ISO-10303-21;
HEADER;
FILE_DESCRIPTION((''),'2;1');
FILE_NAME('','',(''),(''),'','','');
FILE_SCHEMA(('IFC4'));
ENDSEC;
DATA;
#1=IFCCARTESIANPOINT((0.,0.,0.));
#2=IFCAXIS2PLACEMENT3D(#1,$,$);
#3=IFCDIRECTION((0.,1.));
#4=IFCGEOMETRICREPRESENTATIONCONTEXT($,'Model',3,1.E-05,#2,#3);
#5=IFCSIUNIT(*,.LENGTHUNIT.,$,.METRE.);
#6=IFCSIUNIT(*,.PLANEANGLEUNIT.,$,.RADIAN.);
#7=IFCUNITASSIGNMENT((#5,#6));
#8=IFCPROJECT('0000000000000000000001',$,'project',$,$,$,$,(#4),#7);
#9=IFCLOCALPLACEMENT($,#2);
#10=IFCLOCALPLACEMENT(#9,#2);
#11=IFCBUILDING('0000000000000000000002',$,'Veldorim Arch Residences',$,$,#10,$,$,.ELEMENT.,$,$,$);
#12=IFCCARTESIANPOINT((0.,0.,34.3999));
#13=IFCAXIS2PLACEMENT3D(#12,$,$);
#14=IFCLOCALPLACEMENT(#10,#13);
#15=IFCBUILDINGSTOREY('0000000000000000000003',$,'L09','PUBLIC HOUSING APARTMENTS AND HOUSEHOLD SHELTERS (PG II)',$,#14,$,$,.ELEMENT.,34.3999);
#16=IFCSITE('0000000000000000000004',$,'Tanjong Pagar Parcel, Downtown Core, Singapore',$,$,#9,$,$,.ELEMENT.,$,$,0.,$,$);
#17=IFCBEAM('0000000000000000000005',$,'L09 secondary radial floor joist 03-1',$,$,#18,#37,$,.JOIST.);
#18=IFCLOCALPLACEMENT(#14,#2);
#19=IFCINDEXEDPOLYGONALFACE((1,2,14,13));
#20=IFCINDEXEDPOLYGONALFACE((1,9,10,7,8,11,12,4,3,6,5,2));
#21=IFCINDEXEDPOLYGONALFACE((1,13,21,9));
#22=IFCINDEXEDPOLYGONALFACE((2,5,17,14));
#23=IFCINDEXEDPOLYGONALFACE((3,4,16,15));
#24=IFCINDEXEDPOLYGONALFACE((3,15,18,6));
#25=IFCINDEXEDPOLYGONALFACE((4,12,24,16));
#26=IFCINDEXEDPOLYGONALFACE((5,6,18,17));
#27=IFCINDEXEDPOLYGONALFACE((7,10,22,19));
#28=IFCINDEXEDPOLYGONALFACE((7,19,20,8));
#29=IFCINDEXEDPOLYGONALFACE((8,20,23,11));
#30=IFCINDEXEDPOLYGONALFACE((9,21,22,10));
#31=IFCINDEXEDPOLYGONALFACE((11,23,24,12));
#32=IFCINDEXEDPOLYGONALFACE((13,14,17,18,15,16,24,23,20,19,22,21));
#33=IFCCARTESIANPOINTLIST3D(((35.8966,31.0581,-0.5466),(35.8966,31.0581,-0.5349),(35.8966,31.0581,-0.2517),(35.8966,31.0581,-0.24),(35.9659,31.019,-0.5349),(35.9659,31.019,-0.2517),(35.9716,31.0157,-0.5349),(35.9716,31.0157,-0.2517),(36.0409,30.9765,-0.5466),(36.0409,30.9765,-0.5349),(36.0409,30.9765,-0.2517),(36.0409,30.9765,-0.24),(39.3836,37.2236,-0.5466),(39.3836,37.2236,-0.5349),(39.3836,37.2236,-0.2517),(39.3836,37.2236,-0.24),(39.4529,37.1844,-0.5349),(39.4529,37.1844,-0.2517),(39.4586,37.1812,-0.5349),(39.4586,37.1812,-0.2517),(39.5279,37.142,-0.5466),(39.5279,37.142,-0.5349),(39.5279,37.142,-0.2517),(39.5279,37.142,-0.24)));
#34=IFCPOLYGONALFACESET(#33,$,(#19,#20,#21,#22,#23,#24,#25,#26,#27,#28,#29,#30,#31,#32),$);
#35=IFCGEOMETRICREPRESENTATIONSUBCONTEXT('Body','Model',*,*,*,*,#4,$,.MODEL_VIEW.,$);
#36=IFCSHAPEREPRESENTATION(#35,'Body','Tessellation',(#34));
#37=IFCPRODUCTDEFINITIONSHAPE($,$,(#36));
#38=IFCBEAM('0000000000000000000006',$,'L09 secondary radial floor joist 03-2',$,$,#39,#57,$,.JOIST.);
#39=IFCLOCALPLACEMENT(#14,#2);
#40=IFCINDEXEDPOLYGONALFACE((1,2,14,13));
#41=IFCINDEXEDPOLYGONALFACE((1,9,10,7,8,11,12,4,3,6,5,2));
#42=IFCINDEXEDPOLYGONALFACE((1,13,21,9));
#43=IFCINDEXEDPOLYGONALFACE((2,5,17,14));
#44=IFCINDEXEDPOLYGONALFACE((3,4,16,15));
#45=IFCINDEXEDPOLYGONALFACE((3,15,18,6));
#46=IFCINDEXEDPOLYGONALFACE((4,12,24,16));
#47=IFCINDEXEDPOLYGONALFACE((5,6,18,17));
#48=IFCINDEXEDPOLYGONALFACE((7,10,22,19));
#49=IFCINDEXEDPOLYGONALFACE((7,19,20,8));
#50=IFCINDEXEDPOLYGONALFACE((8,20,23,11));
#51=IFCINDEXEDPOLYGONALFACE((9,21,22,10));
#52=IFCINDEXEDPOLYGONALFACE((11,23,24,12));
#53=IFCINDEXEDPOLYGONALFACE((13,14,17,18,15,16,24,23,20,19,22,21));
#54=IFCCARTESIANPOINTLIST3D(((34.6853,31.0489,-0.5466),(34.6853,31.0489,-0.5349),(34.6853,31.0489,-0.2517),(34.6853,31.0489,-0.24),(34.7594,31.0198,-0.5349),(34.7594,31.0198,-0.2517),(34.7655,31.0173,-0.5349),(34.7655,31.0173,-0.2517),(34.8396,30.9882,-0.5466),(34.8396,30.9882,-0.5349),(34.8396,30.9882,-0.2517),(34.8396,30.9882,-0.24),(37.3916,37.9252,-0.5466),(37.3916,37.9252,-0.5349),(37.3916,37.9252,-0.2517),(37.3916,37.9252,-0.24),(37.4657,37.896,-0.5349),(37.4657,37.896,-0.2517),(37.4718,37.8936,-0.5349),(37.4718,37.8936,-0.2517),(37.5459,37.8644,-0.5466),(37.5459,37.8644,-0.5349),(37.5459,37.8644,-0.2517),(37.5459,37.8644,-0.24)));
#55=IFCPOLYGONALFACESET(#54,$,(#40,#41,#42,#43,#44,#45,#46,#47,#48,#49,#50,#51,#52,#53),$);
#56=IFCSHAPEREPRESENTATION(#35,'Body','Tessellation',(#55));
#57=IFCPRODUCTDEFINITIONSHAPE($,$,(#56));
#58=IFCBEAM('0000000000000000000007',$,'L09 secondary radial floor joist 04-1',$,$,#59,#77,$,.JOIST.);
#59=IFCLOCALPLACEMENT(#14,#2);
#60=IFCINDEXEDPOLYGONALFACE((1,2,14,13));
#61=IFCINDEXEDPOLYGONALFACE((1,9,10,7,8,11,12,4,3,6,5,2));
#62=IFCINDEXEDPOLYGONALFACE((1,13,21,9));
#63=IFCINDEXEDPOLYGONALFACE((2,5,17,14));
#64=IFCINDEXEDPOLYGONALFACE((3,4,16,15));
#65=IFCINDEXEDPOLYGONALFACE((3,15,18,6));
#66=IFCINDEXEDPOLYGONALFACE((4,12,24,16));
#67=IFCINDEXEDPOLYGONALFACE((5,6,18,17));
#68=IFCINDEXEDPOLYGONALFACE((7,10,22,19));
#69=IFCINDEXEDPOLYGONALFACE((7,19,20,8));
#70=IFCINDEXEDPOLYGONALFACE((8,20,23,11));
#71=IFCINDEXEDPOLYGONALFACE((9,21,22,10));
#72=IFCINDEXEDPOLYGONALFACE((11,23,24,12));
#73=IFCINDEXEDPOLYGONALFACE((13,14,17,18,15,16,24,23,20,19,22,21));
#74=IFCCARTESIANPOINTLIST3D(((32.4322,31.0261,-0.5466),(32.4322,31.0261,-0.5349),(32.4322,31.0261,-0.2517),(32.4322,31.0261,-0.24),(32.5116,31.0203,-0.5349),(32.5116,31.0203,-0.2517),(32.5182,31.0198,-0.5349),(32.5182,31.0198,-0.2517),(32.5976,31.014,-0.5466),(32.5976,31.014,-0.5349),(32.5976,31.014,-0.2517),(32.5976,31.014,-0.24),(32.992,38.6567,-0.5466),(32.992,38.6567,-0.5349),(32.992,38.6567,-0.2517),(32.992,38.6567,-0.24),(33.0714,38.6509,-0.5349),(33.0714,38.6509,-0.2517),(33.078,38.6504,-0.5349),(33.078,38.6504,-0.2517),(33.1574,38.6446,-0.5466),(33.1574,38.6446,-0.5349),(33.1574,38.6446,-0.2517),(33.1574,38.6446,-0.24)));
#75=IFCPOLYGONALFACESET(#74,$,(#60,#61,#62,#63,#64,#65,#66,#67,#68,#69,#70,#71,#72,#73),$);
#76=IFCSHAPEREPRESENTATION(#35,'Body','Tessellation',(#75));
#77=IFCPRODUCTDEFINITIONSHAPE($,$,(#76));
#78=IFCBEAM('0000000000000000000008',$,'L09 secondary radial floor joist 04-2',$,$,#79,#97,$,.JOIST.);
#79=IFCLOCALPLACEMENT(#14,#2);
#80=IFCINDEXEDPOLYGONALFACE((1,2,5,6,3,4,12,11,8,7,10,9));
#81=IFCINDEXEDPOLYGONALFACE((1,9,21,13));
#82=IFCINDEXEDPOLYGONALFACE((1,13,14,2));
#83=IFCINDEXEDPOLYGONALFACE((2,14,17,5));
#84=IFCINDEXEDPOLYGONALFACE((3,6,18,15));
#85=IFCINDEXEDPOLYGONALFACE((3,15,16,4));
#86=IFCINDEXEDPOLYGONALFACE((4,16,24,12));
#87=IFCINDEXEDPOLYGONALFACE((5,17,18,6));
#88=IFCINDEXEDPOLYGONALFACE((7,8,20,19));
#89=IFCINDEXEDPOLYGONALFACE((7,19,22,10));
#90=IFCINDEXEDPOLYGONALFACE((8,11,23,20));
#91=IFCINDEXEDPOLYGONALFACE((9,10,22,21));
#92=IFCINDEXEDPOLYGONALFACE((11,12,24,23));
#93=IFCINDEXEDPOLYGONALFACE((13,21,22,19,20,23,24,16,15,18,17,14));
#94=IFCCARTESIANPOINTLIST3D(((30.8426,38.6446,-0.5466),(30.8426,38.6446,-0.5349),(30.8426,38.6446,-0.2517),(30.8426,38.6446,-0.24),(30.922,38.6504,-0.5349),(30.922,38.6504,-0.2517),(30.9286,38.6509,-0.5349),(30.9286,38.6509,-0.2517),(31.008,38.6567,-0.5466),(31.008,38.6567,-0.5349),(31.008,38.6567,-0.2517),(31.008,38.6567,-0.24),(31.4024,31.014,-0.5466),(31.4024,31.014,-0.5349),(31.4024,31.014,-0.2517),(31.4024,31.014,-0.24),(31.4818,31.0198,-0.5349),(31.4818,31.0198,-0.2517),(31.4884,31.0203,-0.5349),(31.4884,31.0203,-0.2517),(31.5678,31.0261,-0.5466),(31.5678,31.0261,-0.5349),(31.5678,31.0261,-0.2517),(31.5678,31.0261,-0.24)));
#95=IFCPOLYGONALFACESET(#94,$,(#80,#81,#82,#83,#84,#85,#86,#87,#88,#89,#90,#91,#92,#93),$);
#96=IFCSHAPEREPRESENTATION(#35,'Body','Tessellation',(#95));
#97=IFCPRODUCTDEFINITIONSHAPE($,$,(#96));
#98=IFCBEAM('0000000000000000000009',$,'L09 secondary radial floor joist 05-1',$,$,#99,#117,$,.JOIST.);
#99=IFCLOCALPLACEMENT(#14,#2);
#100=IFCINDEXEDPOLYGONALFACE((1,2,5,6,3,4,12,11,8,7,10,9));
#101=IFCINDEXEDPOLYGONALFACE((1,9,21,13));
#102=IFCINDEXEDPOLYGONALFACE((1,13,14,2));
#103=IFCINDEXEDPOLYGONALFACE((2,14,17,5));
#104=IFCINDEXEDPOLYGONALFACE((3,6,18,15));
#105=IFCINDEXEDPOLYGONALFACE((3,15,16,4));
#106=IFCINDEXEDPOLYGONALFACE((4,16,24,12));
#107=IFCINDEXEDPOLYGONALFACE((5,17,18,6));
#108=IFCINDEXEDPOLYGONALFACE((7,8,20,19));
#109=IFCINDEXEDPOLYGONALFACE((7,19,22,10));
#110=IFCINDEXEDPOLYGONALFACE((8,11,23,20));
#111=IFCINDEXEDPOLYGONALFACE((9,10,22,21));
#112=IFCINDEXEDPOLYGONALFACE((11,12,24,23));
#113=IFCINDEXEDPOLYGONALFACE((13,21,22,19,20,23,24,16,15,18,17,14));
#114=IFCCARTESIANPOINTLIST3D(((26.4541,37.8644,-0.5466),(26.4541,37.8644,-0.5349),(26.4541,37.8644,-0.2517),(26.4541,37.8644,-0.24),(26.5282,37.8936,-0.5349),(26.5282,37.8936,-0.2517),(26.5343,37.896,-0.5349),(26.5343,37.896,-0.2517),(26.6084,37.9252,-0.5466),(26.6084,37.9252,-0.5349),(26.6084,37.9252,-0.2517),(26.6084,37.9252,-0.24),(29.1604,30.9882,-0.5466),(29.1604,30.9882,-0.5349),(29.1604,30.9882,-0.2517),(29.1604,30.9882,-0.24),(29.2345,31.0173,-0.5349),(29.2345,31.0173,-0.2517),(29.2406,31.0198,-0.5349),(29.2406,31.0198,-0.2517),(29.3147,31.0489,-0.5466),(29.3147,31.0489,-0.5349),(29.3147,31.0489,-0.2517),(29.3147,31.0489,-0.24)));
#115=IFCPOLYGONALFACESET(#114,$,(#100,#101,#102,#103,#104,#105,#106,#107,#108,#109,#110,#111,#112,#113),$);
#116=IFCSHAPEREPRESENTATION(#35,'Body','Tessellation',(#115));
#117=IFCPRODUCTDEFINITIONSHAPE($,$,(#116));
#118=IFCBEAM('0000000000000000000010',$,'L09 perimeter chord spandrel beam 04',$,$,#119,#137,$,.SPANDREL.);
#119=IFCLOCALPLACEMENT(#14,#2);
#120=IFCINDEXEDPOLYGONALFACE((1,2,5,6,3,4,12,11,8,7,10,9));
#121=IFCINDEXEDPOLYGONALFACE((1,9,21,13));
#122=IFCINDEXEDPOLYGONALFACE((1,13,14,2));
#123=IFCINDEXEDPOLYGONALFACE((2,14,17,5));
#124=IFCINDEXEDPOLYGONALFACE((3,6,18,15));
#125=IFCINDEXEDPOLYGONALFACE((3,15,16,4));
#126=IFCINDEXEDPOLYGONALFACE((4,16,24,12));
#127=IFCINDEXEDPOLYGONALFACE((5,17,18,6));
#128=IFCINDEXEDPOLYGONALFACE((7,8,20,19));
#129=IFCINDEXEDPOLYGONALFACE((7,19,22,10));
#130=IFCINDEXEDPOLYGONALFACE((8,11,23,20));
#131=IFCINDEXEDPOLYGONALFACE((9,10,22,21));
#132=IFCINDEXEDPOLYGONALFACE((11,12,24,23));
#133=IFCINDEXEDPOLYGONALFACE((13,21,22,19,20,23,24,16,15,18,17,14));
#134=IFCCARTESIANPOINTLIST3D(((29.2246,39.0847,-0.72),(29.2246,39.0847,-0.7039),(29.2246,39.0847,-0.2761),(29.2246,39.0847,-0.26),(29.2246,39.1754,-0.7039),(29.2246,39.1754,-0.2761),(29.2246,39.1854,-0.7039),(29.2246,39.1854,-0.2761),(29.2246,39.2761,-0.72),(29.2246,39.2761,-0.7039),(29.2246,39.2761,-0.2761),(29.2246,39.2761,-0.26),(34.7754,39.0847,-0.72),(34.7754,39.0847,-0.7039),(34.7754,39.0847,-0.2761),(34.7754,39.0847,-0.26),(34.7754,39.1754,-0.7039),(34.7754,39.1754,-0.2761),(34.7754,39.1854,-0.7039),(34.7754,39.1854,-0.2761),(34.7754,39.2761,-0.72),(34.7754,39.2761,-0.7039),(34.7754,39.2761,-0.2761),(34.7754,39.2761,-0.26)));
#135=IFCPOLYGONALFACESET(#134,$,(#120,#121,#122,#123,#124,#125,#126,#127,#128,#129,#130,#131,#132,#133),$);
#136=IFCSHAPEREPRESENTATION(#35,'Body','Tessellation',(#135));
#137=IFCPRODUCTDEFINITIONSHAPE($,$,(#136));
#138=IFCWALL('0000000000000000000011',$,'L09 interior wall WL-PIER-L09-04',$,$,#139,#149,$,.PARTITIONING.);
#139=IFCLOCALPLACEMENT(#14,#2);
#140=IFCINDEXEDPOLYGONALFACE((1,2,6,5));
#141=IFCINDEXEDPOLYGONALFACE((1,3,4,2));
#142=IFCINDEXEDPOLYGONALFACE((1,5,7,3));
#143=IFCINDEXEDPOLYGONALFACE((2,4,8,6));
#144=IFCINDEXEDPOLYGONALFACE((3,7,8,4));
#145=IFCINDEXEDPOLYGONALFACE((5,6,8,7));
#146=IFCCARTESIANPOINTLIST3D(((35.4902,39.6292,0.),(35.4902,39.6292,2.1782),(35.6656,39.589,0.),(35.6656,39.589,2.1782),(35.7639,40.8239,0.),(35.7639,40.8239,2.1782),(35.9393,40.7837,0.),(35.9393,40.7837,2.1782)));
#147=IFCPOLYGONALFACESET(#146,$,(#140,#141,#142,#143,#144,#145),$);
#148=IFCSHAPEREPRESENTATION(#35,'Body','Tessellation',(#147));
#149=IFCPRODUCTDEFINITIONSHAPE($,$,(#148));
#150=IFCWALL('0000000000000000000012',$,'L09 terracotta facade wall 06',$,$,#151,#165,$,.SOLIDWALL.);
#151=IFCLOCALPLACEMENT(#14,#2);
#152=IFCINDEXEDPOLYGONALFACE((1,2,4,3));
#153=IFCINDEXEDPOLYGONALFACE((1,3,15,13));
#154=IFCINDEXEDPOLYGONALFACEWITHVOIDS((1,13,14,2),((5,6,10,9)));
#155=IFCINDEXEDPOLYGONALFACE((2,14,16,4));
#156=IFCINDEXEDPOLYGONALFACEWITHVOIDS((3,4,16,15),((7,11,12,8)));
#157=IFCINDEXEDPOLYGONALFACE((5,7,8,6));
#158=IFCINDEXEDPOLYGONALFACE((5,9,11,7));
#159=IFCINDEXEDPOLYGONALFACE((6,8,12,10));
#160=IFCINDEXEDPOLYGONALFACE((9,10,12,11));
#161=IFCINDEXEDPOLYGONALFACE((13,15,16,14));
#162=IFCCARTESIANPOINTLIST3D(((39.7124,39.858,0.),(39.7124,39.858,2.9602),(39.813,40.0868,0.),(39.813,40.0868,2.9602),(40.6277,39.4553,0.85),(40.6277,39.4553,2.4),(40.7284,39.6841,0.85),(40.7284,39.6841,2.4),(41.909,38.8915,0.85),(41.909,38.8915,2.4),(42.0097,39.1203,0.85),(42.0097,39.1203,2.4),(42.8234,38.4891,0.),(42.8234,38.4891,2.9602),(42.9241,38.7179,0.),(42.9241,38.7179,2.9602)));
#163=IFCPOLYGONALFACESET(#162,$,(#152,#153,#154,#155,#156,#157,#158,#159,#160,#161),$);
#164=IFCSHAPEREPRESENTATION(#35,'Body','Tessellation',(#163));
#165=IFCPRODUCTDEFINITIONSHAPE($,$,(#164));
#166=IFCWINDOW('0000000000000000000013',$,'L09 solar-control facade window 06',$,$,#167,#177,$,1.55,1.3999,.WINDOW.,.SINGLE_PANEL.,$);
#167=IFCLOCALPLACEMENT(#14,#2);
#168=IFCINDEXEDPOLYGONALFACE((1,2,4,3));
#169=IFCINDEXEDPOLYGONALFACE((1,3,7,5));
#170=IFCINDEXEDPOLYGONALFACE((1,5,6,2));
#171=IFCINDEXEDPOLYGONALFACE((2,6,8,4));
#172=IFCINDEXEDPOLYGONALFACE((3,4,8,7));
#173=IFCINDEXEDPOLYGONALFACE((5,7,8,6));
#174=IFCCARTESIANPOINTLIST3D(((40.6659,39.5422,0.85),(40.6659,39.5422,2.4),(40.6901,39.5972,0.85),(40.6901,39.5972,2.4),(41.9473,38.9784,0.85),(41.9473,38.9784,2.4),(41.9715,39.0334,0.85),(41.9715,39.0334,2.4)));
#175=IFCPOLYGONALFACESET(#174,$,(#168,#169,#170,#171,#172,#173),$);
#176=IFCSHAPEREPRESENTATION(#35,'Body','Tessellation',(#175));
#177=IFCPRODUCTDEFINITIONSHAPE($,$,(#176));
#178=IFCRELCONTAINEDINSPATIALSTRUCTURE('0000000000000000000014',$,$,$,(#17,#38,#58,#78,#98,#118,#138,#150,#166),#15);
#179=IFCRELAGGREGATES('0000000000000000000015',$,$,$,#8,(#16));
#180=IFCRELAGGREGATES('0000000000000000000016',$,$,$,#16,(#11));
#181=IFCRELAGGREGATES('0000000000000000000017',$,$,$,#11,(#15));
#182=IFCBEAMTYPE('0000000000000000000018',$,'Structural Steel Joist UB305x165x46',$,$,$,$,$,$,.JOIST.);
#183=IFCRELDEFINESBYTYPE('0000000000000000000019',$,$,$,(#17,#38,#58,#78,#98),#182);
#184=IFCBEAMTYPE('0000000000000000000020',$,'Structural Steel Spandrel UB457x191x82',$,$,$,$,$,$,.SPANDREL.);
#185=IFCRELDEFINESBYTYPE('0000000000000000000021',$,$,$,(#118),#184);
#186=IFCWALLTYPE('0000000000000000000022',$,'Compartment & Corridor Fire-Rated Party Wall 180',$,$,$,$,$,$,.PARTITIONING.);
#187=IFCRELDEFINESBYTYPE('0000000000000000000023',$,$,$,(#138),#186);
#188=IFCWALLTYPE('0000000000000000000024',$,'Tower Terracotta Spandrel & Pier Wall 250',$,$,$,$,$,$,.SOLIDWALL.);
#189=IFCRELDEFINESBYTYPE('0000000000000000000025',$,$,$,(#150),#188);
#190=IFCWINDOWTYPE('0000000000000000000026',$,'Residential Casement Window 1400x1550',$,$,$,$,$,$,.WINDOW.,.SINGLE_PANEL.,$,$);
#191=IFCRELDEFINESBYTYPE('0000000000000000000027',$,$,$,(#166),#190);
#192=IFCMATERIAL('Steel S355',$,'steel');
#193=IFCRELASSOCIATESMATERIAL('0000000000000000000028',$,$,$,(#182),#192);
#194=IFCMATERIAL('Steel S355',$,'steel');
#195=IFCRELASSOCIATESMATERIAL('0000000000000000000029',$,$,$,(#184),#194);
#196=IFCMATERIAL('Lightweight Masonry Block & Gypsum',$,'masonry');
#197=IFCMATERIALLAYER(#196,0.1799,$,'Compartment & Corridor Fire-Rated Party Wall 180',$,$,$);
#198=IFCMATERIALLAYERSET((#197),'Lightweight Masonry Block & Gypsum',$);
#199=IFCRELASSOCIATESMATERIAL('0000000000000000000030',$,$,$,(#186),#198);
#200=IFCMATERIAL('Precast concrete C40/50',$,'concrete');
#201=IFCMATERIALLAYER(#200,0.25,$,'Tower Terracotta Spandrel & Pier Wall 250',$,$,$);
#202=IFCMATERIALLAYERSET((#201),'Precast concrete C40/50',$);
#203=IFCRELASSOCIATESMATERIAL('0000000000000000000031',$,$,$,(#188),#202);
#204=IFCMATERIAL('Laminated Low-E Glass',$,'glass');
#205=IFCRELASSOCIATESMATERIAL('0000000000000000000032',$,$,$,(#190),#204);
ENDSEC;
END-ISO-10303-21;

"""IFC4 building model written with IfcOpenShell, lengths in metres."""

from ifc_helpers import new_model, si_unit, direction, frame, frame_2d, origin, origin_2d, place, context, subcontext, project, spatial, rectangle, i_section, extrude, material, layer, layer_set, material_profile, profile_set, type_object, element, fill, save


model = new_model("IFC4")

# Units and contexts
model_context = context("Model", 3, precision=1e-05, world=origin(), true_north=direction((0.0, 1.0)))
body_context = subcontext(model_context, "Body", "Model", "MODEL_VIEW")
ifc_project = project(units=[si_unit("LENGTHUNIT", "METRE"), si_unit("PLANEANGLEUNIT", "RADIAN")], contexts=[model_context])

# Site, building, storey
site_placement = place(None, origin())
site = spatial("IfcSite", under=ifc_project, at=site_placement, Name="Tanjong Pagar Parcel, Downtown Core, Singapore", CompositionType="ELEMENT", RefElevation=0.0)
building_placement = place(site_placement, origin())
building = spatial("IfcBuilding", under=site, at=building_placement, Name="Veldorim Arch Residences", CompositionType="ELEMENT")
storey_placement = place(building_placement, frame((0.0, 0.0, 34.3999)))
storey = spatial("IfcBuildingStorey", under=building, at=storey_placement, Name="L09", Description="PUBLIC HOUSING APARTMENTS AND HOUSEHOLD SHELTERS (PG II)", CompositionType="ELEMENT", Elevation=34.3999)

# Beams
ifc_material_1 = material(Name="Steel S355", Category="steel")
ifc_material_profile_1 = material_profile(ifc_material_1, i_section(OverallWidth=0.1658, OverallDepth=0.3066, WebThickness=0.0066, FlangeThickness=0.0117, at=origin_2d()), Name="UB305x165x46")
ifc_profile_set_1 = profile_set([ifc_material_profile_1], Name="Steel S355")
beam_type_1 = type_object("IfcBeamType", Name="Structural Steel Joist UB305x165x46", PredefinedType="JOIST", material=ifc_profile_set_1)
beam_1_placement = place(storey_placement, frame((35.9688, 31.0173, -0.3933), z_axis=(0.492292, 0.87043, 0.0), x_axis=(-0.87043, 0.492292, 0.0)))
element("IfcBeam", 1, at=beam_1_placement, inside=storey, type_object=beam_type_1, Name="L09 secondary radial floor joist 03-1", PredefinedType="JOIST", context=body_context, shape_type="SweptSolid", body=[
    extrude(i_section(OverallWidth=0.1658, OverallDepth=0.3066, WebThickness=0.0066, FlangeThickness=0.0117, at=origin_2d()), origin(), (0.0, 0.0, 1.0), 7.0833),
])
beam_2_placement = place(storey_placement, frame((34.7625, 31.0186, -0.3933), z_axis=(0.36623, 0.930524, 0.0), x_axis=(-0.930524, 0.36623, 0.0)))
element("IfcBeam", 2, at=beam_2_placement, inside=storey, type_object=beam_type_1, Name="L09 secondary radial floor joist 03-2", PredefinedType="JOIST", context=body_context, shape_type="SweptSolid", body=[
    extrude(i_section(OverallWidth=0.1658, OverallDepth=0.3066, WebThickness=0.0066, FlangeThickness=0.0117, at=origin_2d()), origin(), (0.0, 0.0, 1.0), 7.3896),
])
for number, where, z_axis, x_axis, name in (
    (3, (32.5149, 31.02, -0.3933), (0.073168, 0.99732, 0.0), (-0.99732, 0.073168, 0.0), "L09 secondary radial floor joist 04-1"),
    (4, (31.4851, 31.02, -0.3933), (-0.073168, 0.99732, 0.0), (-0.99732, -0.073168, 0.0), "L09 secondary radial floor joist 04-2"),
):
    element("IfcBeam", number, at=place(storey_placement, frame(where, z_axis=z_axis, x_axis=x_axis)), inside=storey, type_object=beam_type_1, Name=name, PredefinedType="JOIST", context=body_context, shape_type="SweptSolid", body=[
        extrude(i_section(OverallWidth=0.1658, OverallDepth=0.3066, WebThickness=0.0066, FlangeThickness=0.0117, at=origin_2d()), origin(), (0.0, 0.0, 1.0), 7.6511),
    ])
beam_3_placement = place(storey_placement, frame((29.2375, 31.0186, -0.3933), z_axis=(-0.36623, 0.930524, 0.0), x_axis=(-0.930524, -0.36623, 0.0)))
element("IfcBeam", 5, at=beam_3_placement, inside=storey, type_object=beam_type_1, Name="L09 secondary radial floor joist 05-1", PredefinedType="JOIST", context=body_context, shape_type="SweptSolid", body=[
    extrude(i_section(OverallWidth=0.1658, OverallDepth=0.3066, WebThickness=0.0066, FlangeThickness=0.0117, at=origin_2d()), origin(), (0.0, 0.0, 1.0), 7.3896),
])
ifc_material_2 = material(Name="Steel S355", Category="steel")
ifc_material_profile_2 = material_profile(ifc_material_2, i_section(OverallWidth=0.1914, OverallDepth=0.46, WebThickness=0.01, FlangeThickness=0.0161, at=origin_2d()), Name="UB457x191x82")
ifc_profile_set_2 = profile_set([ifc_material_profile_2], Name="Steel S355")
beam_type_2 = type_object("IfcBeamType", Name="Structural Steel Spandrel UB457x191x82", PredefinedType="SPANDREL", material=ifc_profile_set_2)
beam_4_placement = place(storey_placement, frame((34.7754, 39.1804, -0.49), z_axis=(-1.0, 0.0, 0.0), x_axis=(0.0, -1.0, 0.0)))
element("IfcBeam", 6, at=beam_4_placement, inside=storey, type_object=beam_type_2, Name="L09 perimeter chord spandrel beam 04", PredefinedType="SPANDREL", context=body_context, shape_type="SweptSolid", body=[
    extrude(i_section(OverallWidth=0.1914, OverallDepth=0.46, WebThickness=0.01, FlangeThickness=0.0161, at=origin_2d()), origin(), (0.0, 0.0, 1.0), 5.5508),
])

# Wall
ifc_material_3 = material(Name="Lightweight Masonry Block & Gypsum", Category="masonry")
ifc_layer_1 = layer(ifc_material_3, 0.1799, Name="Compartment & Corridor Fire-Rated Party Wall 180")
ifc_layer_set_1 = layer_set([ifc_layer_1], Name="Lightweight Masonry Block & Gypsum")
wall_type_1 = type_object("IfcWallType", Name="Compartment & Corridor Fire-Rated Party Wall 180", PredefinedType="PARTITIONING", material=ifc_layer_set_1)
wall_1_placement = place(storey_placement, frame((35.5779, 39.6091, 0.0), z_axis=(0.0, 0.0, 1.0), x_axis=(0.223317, 0.974746, 0.0)))
element("IfcWall", 7, at=wall_1_placement, inside=storey, type_object=wall_type_1, Name="L09 interior wall WL-PIER-L09-04", PredefinedType="PARTITIONING", context=body_context, shape_type="SweptSolid", body=[
    extrude(rectangle(XDim=1.2256, YDim=0.1799, at=frame_2d((0.6128, 0.0))), origin(), (0.0, 0.0, 1.0), 2.1782),
])

# Wall, opening, window
ifc_material_4 = material(Name="Precast concrete C40/50", Category="concrete")
ifc_layer_2 = layer(ifc_material_4, 0.25, Name="Tower Terracotta Spandrel & Pier Wall 250")
ifc_layer_set_2 = layer_set([ifc_layer_2], Name="Precast concrete C40/50")
wall_type_2 = type_object("IfcWallType", Name="Tower Terracotta Spandrel & Pier Wall 250", PredefinedType="SOLIDWALL", material=ifc_layer_set_2)
wall_2_placement = place(storey_placement, frame((39.7627, 39.9724, 0.0), z_axis=(0.0, 0.0, 1.0), x_axis=(0.915313, -0.402743, 0.0)))
wall_2 = element("IfcWall", 8, at=wall_2_placement, inside=storey, type_object=wall_type_2, Name="L09 terracotta facade wall 06", PredefinedType="SOLIDWALL", context=body_context, shape_type="SweptSolid", body=[
    extrude(rectangle(XDim=3.3989, YDim=0.25, at=frame_2d((1.6995, 0.0))), origin(), (0.0, 0.0, 1.0), 2.9602),
])
opening_1_placement = place(wall_2_placement, frame((1.0, 0.0, 0.8501)))
opening_1 = element("IfcOpeningElement", 9, at=opening_1_placement, cuts=wall_2, PredefinedType="OPENING", context=body_context, shape_type="SweptSolid", body=[
    extrude(rectangle(XDim=1.3999, YDim=1.55, at=frame_2d((0.7, 0.7749))), frame((0.0, 0.135, 0.0), z_axis=(0.0, -1.0, 0.0), x_axis=(1.0, 0.0, 0.0)), (0.0, 0.0, 1.0), 0.27),
])
ifc_material_5 = material(Name="Laminated Low-E Glass", Category="glass")
window_type_1 = type_object("IfcWindowType", Name="Residential Casement Window 1400x1550", PartitioningType="SINGLE_PANEL", PredefinedType="WINDOW", material=ifc_material_5)
window_1_placement = place(opening_1_placement, origin())
window_1 = element("IfcWindow", 10, at=window_1_placement, inside=storey, type_object=window_type_1, Name="L09 solar-control facade window 06", OverallHeight=1.55, OverallWidth=1.3999, PartitioningType="SINGLE_PANEL", PredefinedType="WINDOW", context=body_context, shape_type="SweptSolid", body=[
    extrude(rectangle(XDim=1.3999, YDim=1.55, at=frame_2d((0.7, 0.7749))), frame((0.0, 0.03, 0.0), z_axis=(0.0, -1.0, 0.0), x_axis=(1.0, 0.0, 0.0)), (0.0, 0.0, 1.0), 0.0601),
])
fill(opening_1, window_1)

save(model, "model.ifc")
